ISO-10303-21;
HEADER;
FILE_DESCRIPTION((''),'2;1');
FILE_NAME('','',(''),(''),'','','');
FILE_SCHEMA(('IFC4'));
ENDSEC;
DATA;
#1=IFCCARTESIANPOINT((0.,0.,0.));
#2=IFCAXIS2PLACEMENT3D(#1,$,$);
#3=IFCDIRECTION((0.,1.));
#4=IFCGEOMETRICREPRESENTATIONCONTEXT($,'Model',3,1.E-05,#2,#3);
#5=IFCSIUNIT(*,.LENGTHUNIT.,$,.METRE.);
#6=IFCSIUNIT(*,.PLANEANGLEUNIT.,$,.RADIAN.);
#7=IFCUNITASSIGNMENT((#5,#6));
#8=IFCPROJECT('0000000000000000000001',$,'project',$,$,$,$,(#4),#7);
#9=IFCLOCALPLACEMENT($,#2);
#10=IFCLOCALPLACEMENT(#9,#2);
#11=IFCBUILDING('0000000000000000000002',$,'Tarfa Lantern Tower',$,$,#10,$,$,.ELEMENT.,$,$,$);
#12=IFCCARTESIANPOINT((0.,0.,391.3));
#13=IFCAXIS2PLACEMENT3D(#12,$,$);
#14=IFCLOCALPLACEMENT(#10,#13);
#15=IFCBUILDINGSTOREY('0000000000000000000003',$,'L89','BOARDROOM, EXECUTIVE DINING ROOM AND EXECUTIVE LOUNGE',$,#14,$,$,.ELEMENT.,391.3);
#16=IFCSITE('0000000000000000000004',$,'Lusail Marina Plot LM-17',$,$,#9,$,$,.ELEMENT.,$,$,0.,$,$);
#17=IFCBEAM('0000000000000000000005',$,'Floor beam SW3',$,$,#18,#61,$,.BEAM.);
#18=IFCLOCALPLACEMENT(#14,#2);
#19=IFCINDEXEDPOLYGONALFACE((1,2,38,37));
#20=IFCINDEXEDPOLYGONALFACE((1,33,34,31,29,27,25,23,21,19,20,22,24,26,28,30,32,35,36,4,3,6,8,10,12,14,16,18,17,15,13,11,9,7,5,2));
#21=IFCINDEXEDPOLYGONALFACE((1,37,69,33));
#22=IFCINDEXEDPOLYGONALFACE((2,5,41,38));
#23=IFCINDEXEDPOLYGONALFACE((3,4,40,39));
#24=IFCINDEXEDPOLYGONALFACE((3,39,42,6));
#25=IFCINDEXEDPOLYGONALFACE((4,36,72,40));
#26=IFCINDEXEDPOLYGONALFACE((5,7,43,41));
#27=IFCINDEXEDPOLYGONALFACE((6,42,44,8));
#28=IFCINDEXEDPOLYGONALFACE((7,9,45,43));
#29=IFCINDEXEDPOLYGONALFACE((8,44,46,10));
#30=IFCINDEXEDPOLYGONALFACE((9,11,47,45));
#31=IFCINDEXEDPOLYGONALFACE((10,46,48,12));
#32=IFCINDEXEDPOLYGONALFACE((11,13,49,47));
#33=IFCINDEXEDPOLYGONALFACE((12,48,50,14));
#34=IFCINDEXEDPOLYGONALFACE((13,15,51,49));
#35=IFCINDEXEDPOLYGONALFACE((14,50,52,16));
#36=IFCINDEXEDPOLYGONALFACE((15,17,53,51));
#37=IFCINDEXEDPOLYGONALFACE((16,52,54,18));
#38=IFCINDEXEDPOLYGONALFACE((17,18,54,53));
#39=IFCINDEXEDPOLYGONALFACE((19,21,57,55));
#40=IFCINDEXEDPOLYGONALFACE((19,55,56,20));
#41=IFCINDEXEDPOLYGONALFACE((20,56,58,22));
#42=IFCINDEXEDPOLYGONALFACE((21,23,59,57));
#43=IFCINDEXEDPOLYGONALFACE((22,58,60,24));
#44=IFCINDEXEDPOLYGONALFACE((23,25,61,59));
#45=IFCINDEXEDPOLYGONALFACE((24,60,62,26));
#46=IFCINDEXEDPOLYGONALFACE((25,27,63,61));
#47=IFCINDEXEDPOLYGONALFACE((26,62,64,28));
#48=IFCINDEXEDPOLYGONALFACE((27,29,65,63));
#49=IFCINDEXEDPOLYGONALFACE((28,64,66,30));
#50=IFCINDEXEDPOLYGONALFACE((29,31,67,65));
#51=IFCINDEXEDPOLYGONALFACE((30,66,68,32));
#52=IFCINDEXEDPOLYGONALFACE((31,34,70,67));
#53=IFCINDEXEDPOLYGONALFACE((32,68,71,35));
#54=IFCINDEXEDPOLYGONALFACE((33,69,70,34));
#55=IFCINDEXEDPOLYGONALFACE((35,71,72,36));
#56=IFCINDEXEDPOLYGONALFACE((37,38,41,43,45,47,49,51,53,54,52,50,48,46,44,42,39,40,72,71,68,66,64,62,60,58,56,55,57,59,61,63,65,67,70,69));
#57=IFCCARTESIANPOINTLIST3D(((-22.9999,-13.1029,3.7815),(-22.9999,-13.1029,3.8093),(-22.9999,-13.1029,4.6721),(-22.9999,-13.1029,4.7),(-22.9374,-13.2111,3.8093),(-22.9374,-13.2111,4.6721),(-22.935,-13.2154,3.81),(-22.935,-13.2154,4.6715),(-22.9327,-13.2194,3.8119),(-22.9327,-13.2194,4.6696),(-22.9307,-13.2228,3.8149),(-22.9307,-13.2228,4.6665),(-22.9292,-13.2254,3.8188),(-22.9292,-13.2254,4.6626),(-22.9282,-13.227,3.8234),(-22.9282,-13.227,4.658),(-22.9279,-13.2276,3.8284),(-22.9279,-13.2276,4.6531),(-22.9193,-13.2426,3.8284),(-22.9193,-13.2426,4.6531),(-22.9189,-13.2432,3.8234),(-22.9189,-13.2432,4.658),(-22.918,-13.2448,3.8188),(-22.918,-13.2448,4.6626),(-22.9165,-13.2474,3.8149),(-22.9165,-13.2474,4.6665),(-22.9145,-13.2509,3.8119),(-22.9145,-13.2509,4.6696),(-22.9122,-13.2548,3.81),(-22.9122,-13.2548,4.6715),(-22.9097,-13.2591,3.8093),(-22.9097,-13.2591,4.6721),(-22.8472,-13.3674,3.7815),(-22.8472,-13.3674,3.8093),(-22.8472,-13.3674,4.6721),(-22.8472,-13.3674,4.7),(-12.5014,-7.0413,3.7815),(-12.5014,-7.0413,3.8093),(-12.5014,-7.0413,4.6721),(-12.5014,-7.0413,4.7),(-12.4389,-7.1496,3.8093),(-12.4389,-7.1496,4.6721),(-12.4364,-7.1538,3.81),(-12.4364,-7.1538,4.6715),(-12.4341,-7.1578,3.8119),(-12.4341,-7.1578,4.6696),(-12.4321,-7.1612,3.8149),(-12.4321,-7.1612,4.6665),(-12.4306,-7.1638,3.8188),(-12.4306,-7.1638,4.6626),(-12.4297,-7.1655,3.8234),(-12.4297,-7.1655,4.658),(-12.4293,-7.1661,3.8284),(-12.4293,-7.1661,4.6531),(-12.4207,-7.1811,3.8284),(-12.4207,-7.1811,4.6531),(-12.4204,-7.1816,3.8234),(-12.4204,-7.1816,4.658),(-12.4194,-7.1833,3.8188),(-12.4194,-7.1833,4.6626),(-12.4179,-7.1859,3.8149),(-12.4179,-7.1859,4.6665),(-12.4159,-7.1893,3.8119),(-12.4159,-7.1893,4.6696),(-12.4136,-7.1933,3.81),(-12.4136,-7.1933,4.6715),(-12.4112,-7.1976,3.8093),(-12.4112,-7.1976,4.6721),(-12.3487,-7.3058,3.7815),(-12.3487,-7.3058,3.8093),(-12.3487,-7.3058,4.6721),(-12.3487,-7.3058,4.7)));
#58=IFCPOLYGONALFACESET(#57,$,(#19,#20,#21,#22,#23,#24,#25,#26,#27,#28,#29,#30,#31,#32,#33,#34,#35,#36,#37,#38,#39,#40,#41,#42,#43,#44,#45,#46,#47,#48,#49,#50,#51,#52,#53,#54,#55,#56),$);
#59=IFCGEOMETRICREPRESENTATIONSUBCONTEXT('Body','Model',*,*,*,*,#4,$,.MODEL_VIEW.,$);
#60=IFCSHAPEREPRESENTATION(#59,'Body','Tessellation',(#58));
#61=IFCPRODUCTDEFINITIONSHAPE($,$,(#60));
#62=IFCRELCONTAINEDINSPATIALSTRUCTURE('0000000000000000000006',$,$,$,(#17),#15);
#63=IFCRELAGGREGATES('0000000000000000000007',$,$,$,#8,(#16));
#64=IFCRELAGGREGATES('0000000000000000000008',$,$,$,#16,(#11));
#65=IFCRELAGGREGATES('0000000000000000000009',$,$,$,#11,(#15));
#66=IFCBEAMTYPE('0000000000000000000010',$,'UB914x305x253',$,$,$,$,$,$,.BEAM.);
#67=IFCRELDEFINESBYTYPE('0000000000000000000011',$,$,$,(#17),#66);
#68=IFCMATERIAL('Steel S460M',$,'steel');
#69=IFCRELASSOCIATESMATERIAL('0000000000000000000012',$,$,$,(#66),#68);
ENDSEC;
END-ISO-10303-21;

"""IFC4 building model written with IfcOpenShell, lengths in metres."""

from ifc_helpers import new_model, si_unit, direction, frame, origin, origin_2d, place, context, subcontext, project, spatial, i_section, extrude, material, material_profile, profile_set, type_object, element, save


model = new_model("IFC4")

# Units and contexts
model_context = context("Model", 3, precision=1e-05, world=origin(), true_north=direction((0.0, 1.0)))
body_context = subcontext(model_context, "Body", "Model", "MODEL_VIEW")
ifc_project = project(units=[si_unit("LENGTHUNIT", "METRE"), si_unit("PLANEANGLEUNIT", "RADIAN")], contexts=[model_context])

# Site, building, storey
site_placement = place(None, origin())
site = spatial("IfcSite", under=ifc_project, at=site_placement, Name="Lusail Marina Plot LM-17", CompositionType="ELEMENT", RefElevation=0.0)
building_placement = place(site_placement, origin())
building = spatial("IfcBuilding", under=site, at=building_placement, Name="Tarfa Lantern Tower", CompositionType="ELEMENT")
storey_placement = place(building_placement, frame((0.0, 0.0, 391.3)))
storey = spatial("IfcBuildingStorey", under=building, at=storey_placement, Name="L89", Description="BOARDROOM, EXECUTIVE DINING ROOM AND EXECUTIVE LOUNGE", CompositionType="ELEMENT", Elevation=391.3)

# Beam
ifc_material_1 = material(Name="Steel S460M", Category="steel")
ifc_material_profile_1 = material_profile(ifc_material_1, i_section(OverallWidth=0.3054, OverallDepth=0.9185, WebThickness=0.0173, FlangeThickness=0.0278, FilletRadius=0.019, at=origin_2d()), Name="UB914x305x253")
ifc_profile_set_1 = profile_set([ifc_material_profile_1], Name="Steel S460M")
beam_type_1 = type_object("IfcBeamType", Name="UB914x305x253", PredefinedType="BEAM", material=ifc_profile_set_1)
beam_1_placement = place(storey_placement, frame((-22.9236, -13.2351, 4.2407), z_axis=(0.866019, 0.500012, 0.0), x_axis=(-0.500012, 0.866019, 0.0)))
element("IfcBeam", 1, at=beam_1_placement, inside=storey, type_object=beam_type_1, Name="Floor beam SW3", PredefinedType="BEAM", context=body_context, shape_type="SweptSolid", body=[
    extrude(i_section(OverallWidth=0.3054, OverallDepth=0.9185, WebThickness=0.0173, FlangeThickness=0.0278, FilletRadius=0.019, at=origin_2d()), origin(), (0.0, 0.0, 1.0), 12.1228),
])

save(model, "model.ifc")
